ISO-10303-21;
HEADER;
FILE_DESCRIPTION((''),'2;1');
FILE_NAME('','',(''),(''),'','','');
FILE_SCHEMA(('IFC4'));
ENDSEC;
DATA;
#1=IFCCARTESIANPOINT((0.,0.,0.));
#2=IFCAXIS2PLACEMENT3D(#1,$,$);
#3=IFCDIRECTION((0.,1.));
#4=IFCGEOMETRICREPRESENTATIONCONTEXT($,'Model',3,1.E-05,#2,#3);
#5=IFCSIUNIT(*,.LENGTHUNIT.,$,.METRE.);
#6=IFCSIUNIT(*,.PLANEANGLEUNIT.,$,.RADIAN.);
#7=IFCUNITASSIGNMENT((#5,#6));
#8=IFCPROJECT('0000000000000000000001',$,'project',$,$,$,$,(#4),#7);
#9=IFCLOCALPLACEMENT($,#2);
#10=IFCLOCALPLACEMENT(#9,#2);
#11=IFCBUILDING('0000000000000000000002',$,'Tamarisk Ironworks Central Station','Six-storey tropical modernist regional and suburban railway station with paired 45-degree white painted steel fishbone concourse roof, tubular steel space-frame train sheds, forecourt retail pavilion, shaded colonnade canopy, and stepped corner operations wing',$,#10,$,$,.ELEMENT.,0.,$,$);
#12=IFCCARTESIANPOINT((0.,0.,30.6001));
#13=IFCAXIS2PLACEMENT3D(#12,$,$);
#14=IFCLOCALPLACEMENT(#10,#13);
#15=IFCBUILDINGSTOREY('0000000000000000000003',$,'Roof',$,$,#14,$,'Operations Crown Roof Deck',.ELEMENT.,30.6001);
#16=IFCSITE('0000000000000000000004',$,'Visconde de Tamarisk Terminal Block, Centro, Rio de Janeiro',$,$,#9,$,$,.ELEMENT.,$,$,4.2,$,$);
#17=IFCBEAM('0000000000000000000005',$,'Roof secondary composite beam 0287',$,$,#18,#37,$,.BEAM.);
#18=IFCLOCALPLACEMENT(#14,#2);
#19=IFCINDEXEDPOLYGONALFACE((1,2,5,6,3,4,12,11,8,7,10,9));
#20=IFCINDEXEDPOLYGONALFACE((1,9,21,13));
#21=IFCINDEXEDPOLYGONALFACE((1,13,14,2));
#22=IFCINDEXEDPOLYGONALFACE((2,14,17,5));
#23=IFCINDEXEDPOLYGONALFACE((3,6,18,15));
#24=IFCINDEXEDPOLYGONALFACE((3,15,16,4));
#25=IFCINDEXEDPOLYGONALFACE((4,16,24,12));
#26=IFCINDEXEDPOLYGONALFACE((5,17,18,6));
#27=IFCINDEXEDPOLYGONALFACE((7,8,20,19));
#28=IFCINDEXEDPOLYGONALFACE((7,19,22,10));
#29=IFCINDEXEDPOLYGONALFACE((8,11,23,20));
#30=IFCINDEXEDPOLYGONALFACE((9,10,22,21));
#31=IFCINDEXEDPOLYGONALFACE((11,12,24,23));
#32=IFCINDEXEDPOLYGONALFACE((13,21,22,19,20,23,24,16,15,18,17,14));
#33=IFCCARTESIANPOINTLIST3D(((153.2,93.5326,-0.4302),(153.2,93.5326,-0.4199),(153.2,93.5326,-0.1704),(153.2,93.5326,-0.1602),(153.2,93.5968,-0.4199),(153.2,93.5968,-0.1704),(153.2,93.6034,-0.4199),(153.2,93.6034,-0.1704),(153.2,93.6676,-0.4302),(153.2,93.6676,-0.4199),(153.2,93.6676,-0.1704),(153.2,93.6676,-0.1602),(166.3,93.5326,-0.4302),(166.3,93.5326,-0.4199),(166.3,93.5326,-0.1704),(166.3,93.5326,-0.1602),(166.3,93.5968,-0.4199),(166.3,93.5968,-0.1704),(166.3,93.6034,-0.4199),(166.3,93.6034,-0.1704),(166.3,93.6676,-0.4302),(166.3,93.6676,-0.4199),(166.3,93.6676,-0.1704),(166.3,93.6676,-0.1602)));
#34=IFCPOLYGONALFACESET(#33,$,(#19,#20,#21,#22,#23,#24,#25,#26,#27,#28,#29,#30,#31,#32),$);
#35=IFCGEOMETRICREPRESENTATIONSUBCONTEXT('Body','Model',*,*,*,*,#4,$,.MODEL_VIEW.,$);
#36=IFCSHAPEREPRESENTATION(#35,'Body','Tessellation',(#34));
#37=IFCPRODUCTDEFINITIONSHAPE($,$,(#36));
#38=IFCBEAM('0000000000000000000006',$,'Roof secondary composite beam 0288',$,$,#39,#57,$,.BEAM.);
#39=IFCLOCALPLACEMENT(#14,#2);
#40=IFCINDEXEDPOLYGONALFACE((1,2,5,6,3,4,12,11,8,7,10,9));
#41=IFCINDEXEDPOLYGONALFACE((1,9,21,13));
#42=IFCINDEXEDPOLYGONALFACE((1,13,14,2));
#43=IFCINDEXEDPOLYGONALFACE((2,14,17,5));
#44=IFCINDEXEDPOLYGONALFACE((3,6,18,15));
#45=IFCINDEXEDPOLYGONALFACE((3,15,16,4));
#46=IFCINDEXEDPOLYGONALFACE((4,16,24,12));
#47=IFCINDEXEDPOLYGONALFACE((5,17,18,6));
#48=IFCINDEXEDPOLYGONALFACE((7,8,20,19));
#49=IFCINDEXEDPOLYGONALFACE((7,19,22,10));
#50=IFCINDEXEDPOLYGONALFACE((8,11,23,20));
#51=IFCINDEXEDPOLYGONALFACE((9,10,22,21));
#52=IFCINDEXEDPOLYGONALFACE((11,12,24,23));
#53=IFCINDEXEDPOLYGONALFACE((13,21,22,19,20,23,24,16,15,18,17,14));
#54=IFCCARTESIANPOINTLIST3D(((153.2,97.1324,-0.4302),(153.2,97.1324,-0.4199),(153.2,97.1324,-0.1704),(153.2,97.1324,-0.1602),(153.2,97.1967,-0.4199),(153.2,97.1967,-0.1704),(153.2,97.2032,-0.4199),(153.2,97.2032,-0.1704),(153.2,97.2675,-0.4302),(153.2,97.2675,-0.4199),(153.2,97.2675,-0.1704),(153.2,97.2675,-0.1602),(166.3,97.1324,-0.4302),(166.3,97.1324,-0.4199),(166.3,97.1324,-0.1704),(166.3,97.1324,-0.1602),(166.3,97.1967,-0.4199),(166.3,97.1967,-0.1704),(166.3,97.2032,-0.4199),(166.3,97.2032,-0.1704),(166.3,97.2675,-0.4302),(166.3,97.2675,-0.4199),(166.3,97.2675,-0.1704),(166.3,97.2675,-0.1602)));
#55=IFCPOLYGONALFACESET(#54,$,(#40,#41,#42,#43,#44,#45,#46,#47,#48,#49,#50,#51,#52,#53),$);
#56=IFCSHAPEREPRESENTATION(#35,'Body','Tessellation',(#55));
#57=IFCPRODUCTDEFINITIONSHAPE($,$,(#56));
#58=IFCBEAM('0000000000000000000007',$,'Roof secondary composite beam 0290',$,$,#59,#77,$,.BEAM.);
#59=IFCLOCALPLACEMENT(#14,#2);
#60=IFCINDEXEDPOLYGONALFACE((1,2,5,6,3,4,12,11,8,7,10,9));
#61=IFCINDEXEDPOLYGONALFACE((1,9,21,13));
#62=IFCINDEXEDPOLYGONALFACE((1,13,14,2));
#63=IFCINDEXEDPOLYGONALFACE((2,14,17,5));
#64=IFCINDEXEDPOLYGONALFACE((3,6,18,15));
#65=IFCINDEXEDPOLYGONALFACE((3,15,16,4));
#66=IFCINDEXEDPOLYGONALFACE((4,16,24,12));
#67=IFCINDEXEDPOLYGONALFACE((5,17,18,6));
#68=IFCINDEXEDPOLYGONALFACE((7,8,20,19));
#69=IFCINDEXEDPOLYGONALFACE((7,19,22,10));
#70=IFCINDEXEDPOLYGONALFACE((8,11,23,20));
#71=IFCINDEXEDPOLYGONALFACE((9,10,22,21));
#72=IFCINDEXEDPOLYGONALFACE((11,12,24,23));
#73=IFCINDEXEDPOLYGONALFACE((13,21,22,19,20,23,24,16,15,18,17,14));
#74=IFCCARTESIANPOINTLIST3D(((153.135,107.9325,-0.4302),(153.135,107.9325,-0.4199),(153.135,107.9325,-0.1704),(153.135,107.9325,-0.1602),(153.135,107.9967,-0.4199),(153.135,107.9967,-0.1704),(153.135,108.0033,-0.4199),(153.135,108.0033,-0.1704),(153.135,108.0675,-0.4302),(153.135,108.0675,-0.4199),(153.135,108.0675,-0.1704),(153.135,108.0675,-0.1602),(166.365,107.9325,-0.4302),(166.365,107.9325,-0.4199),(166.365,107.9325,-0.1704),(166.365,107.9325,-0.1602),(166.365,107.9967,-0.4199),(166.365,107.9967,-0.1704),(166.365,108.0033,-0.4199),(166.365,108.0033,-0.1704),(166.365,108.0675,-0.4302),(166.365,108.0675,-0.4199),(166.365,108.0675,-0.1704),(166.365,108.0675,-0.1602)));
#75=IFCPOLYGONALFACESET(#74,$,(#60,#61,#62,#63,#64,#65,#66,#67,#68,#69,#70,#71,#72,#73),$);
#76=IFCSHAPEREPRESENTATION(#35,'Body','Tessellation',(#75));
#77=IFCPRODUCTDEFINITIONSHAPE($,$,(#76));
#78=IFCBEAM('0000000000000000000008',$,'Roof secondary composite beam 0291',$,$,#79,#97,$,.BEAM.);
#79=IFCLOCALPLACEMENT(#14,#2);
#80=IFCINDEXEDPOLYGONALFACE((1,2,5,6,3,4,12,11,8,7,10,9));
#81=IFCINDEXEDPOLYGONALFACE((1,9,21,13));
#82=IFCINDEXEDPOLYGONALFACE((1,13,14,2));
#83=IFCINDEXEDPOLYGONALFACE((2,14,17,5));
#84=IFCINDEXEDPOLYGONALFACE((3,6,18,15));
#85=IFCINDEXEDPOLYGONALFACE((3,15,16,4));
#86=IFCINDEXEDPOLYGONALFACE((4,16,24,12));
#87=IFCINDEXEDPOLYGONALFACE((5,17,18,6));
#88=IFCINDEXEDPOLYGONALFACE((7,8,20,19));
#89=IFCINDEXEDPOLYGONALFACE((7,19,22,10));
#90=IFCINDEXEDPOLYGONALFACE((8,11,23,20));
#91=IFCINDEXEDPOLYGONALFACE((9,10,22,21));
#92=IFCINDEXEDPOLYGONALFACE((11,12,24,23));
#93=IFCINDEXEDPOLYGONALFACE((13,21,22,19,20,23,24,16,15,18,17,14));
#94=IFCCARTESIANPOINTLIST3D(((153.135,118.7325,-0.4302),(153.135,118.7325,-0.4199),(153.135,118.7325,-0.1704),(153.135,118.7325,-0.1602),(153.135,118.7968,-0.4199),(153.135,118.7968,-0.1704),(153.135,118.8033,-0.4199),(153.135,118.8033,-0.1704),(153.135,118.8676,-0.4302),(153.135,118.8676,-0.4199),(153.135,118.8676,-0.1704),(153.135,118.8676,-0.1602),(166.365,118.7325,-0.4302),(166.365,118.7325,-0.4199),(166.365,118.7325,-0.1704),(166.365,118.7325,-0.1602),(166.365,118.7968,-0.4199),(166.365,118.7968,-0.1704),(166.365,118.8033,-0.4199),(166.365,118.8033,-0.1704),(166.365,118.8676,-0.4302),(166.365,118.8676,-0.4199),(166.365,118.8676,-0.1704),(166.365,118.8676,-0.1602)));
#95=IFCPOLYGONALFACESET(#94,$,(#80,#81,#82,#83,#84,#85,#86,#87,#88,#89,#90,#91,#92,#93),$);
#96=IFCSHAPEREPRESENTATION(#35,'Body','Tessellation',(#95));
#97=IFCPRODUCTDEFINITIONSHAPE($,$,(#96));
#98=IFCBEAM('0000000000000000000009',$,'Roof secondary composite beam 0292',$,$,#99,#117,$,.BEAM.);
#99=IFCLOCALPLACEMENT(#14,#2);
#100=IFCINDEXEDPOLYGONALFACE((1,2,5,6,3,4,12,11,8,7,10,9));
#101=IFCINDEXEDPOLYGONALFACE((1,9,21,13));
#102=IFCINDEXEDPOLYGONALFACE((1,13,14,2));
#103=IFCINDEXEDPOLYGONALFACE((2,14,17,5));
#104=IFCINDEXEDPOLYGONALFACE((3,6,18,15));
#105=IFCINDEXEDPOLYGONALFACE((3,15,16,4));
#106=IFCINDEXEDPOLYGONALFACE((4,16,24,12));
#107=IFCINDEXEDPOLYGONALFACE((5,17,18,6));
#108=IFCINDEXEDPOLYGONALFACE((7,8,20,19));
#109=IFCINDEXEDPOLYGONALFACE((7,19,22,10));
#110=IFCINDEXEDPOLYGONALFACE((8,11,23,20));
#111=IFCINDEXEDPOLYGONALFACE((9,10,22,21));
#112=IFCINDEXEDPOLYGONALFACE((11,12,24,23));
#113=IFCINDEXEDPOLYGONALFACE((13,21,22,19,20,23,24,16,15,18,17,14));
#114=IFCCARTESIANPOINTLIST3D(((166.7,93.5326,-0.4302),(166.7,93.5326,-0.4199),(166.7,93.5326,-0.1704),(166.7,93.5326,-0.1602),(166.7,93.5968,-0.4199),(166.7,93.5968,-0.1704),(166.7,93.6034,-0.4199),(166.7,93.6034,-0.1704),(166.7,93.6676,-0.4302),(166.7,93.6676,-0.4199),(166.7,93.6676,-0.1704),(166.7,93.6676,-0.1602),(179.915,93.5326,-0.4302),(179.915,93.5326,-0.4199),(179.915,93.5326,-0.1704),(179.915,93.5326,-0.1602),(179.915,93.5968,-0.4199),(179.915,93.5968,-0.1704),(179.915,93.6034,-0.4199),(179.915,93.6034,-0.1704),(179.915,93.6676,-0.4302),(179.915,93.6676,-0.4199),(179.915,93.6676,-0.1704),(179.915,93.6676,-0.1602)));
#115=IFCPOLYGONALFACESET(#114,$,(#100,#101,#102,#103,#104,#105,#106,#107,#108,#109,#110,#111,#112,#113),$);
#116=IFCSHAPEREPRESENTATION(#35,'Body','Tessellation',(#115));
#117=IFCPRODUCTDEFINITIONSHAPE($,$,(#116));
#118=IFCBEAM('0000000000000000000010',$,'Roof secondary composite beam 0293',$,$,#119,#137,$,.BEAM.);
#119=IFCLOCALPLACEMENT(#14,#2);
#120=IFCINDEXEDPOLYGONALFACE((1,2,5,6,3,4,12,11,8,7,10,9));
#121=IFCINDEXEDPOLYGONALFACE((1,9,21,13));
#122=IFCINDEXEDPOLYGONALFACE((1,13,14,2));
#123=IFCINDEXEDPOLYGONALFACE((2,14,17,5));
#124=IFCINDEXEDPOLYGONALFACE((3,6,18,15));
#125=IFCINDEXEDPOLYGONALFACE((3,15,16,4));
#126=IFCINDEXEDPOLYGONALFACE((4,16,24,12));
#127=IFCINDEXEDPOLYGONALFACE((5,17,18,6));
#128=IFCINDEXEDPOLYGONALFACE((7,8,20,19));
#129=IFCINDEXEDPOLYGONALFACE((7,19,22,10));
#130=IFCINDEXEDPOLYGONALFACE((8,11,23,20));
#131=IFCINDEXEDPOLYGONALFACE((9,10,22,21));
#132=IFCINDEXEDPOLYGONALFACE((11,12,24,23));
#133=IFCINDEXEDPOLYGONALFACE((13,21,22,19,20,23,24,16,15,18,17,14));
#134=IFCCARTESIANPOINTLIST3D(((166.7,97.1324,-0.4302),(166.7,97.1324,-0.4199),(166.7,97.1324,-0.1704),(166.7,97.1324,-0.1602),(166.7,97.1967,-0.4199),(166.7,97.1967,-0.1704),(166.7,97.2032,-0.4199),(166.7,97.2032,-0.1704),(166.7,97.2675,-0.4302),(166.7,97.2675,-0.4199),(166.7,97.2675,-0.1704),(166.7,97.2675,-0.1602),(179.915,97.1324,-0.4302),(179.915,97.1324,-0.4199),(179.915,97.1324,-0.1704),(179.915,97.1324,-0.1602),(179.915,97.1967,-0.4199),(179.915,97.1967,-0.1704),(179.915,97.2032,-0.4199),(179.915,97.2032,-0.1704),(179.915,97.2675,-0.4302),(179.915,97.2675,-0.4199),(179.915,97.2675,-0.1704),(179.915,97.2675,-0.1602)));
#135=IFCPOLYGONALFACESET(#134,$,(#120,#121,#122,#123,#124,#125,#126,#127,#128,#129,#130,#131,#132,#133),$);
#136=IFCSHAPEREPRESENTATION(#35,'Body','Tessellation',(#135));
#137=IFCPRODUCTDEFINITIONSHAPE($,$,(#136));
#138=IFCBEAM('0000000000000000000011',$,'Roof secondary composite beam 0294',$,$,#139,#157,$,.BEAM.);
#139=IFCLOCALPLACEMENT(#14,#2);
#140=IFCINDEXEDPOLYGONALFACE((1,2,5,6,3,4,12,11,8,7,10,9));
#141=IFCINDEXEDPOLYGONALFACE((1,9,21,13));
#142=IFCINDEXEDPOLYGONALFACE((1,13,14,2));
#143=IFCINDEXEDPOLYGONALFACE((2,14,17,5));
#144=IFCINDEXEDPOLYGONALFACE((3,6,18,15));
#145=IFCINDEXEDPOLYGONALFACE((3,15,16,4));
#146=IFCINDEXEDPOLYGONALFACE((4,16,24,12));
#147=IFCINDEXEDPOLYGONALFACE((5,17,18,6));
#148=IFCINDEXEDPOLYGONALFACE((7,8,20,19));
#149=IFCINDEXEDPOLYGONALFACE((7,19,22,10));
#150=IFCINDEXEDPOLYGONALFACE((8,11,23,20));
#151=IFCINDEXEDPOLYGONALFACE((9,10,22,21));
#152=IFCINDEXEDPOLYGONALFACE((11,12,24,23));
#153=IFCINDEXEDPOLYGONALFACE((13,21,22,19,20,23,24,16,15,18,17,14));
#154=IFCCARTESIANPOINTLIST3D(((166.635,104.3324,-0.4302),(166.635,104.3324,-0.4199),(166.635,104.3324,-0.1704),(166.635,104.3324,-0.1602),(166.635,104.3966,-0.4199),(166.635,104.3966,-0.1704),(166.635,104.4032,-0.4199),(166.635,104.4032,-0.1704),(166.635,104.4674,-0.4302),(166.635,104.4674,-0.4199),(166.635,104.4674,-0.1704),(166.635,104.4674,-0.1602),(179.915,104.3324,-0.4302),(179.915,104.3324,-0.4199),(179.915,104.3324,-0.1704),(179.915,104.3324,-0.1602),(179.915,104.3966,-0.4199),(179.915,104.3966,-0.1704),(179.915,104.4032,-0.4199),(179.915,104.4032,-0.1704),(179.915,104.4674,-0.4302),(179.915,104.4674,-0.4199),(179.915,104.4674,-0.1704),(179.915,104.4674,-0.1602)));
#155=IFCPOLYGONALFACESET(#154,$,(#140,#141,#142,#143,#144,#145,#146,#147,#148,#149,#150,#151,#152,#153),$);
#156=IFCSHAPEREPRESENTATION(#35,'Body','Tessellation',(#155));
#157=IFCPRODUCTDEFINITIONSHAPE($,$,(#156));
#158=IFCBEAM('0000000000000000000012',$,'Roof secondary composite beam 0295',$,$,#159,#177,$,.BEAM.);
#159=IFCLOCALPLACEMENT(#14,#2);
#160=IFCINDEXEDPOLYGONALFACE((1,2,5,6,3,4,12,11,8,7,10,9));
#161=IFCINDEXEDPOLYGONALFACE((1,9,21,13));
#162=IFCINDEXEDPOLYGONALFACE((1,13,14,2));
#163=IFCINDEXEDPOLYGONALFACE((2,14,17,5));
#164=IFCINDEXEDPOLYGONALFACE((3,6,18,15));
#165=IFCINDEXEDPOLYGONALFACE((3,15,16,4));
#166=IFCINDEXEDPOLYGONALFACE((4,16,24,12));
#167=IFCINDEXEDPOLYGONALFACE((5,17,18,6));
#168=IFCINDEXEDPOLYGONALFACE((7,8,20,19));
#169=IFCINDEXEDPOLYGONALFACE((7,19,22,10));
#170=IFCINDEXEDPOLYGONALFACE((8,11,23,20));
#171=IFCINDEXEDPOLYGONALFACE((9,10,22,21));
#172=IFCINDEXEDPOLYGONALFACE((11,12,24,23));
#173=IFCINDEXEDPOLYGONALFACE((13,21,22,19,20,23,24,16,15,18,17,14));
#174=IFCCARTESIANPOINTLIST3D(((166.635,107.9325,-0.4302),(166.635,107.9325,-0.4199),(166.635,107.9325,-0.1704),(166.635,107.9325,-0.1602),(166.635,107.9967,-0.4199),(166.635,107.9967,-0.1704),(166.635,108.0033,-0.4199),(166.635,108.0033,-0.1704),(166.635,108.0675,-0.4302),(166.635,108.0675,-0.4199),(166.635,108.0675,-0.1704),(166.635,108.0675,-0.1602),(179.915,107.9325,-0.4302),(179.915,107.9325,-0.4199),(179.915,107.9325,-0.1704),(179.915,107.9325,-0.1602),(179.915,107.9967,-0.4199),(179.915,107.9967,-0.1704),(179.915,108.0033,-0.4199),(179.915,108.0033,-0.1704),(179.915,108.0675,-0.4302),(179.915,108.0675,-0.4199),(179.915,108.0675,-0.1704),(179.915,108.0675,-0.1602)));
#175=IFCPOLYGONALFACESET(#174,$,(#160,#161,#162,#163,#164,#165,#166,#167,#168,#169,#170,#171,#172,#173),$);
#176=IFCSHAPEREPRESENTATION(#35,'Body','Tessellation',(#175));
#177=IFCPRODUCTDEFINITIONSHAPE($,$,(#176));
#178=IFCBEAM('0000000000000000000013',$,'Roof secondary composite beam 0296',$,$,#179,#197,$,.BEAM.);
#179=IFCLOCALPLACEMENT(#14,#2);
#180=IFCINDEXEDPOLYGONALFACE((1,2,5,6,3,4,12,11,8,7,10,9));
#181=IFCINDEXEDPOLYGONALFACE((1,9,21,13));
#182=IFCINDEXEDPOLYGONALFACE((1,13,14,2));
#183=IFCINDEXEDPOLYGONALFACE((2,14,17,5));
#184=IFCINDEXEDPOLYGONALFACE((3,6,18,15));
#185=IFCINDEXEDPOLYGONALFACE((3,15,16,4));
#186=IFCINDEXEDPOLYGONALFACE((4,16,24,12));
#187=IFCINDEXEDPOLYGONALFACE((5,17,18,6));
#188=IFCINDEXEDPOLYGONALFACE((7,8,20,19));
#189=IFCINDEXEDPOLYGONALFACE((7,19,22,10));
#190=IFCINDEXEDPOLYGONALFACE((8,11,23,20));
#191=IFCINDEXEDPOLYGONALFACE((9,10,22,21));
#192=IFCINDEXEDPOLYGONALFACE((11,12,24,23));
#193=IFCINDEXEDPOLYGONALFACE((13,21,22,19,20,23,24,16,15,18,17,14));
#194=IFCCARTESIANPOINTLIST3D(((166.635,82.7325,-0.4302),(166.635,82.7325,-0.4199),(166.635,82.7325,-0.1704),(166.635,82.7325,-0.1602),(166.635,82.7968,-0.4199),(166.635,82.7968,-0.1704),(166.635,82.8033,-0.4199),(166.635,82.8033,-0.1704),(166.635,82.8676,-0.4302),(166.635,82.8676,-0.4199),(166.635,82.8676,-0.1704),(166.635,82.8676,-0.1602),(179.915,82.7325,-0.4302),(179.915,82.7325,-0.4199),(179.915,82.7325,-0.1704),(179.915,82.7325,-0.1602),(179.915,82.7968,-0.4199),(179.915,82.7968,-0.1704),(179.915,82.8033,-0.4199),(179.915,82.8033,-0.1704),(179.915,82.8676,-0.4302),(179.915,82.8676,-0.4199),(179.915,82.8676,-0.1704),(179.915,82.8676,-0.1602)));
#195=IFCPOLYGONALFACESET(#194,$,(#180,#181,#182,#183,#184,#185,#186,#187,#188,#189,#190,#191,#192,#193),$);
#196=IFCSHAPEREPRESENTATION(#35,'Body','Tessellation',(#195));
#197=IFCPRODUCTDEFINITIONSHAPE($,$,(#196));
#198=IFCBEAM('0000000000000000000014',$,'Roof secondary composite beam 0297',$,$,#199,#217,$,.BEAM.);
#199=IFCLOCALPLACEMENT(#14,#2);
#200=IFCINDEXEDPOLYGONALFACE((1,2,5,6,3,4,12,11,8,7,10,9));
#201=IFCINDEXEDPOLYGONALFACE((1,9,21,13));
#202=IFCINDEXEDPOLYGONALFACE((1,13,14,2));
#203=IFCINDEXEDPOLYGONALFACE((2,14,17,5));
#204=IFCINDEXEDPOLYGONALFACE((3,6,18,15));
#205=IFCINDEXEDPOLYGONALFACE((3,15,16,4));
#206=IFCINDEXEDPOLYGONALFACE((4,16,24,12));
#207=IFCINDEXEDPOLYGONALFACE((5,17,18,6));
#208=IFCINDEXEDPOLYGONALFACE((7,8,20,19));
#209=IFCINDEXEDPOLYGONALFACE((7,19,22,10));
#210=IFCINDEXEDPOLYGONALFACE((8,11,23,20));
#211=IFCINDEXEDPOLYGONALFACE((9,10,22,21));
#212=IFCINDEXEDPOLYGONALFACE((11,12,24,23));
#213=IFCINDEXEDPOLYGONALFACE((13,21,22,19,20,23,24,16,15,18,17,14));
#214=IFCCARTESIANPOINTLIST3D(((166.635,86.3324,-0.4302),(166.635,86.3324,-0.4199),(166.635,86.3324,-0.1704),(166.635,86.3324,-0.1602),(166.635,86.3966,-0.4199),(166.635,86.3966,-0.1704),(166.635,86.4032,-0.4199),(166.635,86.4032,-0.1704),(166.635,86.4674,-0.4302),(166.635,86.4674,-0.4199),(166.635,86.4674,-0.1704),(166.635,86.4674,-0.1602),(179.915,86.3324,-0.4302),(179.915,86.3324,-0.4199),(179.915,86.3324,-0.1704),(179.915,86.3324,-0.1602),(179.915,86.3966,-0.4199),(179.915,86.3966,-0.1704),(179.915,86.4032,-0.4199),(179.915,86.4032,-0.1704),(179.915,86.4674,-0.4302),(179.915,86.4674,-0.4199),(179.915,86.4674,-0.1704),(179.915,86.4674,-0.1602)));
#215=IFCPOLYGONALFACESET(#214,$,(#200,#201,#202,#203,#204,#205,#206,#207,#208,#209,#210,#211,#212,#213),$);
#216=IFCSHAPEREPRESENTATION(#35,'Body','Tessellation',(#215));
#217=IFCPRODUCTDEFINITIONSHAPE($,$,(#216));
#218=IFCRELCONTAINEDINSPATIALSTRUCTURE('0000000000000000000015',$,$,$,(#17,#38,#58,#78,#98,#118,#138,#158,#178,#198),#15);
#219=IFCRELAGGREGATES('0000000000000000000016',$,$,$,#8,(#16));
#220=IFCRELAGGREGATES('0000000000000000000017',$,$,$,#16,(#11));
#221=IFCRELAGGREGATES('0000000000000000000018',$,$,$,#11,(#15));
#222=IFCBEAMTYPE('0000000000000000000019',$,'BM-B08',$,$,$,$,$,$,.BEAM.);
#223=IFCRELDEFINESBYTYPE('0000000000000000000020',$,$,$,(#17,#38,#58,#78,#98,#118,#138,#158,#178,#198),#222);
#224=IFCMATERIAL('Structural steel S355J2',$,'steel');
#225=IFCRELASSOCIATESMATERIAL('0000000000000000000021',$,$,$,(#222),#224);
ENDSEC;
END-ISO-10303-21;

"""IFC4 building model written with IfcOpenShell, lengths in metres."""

from ifc_helpers import new_model, si_unit, direction, frame, origin, origin_2d, place, context, subcontext, project, spatial, i_section, extrude, material, material_profile, profile_set, type_object, element, save


model = new_model("IFC4")

# Units and contexts
model_context = context("Model", 3, precision=1e-05, world=origin(), true_north=direction((0.0, 1.0)))
body_context = subcontext(model_context, "Body", "Model", "MODEL_VIEW")
ifc_project = project(units=[si_unit("LENGTHUNIT", "METRE"), si_unit("PLANEANGLEUNIT", "RADIAN")], contexts=[model_context])

# Site, building, storey
site_placement = place(None, origin())
site = spatial("IfcSite", under=ifc_project, at=site_placement, Name="Visconde de Tamarisk Terminal Block, Centro, Rio de Janeiro", CompositionType="ELEMENT", RefElevation=4.2)
building_placement = place(site_placement, origin())
building = spatial("IfcBuilding", under=site, at=building_placement, Name="Tamarisk Ironworks Central Station", Description="Six-storey tropical modernist regional and suburban railway station with paired 45-degree white painted steel fishbone concourse roof, tubular steel space-frame train sheds, forecourt retail pavilion, shaded colonnade canopy, and stepped corner operations wing", CompositionType="ELEMENT", ElevationOfRefHeight=0.0)
storey_placement = place(building_placement, frame((0.0, 0.0, 30.6001)))
storey = spatial("IfcBuildingStorey", under=building, at=storey_placement, Name="Roof", LongName="Operations Crown Roof Deck", CompositionType="ELEMENT", Elevation=30.6001)

# Beams
ifc_material_1 = material(Name="Structural steel S355J2", Category="steel")
ifc_material_profile_1 = material_profile(ifc_material_1, i_section(OverallWidth=0.135, OverallDepth=0.27, WebThickness=0.0066, FlangeThickness=0.0103, at=origin_2d()), Name="IPE 270")
ifc_profile_set_1 = profile_set([ifc_material_profile_1], Name="Structural steel S355J2")
beam_type_1 = type_object("IfcBeamType", Name="BM-B08", PredefinedType="BEAM", material=ifc_profile_set_1)
for number, where, z_axis, x_axis, name in (
    (1, (153.2, 93.6001, -0.2952), (1.0, 0.0, 0.0), (0.0, 1.0, 0.0), "Roof secondary composite beam 0287"),
    (2, (153.2, 97.2, -0.2952), (1.0, 0.0, 0.0), (0.0, 1.0, 0.0), "Roof secondary composite beam 0288"),
):
    element("IfcBeam", number, at=place(storey_placement, frame(where, z_axis=z_axis, x_axis=x_axis)), inside=storey, type_object=beam_type_1, Name=name, PredefinedType="BEAM", context=body_context, shape_type="SweptSolid", body=[
        extrude(i_section(OverallWidth=0.135, OverallDepth=0.27, WebThickness=0.0066, FlangeThickness=0.0103, at=origin_2d()), origin(), (0.0, 0.0, 1.0), 13.1001),
    ])
for number, where, z_axis, x_axis, name in (
    (3, (153.135, 108.0, -0.2952), (1.0, 0.0, 0.0), (0.0, 1.0, 0.0), "Roof secondary composite beam 0290"),
    (4, (153.135, 118.8, -0.2952), (1.0, 0.0, 0.0), (0.0, 1.0, 0.0), "Roof secondary composite beam 0291"),
):
    element("IfcBeam", number, at=place(storey_placement, frame(where, z_axis=z_axis, x_axis=x_axis)), inside=storey, type_object=beam_type_1, Name=name, PredefinedType="BEAM", context=body_context, shape_type="SweptSolid", body=[
        extrude(i_section(OverallWidth=0.135, OverallDepth=0.27, WebThickness=0.0066, FlangeThickness=0.0103, at=origin_2d()), origin(), (0.0, 0.0, 1.0), 13.23),
    ])
for number, where, z_axis, x_axis, name in (
    (5, (166.7, 93.6001, -0.2952), (1.0, 0.0, 0.0), (0.0, 1.0, 0.0), "Roof secondary composite beam 0292"),
    (6, (166.7, 97.2, -0.2952), (1.0, 0.0, 0.0), (0.0, 1.0, 0.0), "Roof secondary composite beam 0293"),
):
    element("IfcBeam", number, at=place(storey_placement, frame(where, z_axis=z_axis, x_axis=x_axis)), inside=storey, type_object=beam_type_1, Name=name, PredefinedType="BEAM", context=body_context, shape_type="SweptSolid", body=[
        extrude(i_section(OverallWidth=0.135, OverallDepth=0.27, WebThickness=0.0066, FlangeThickness=0.0103, at=origin_2d()), origin(), (0.0, 0.0, 1.0), 13.2151),
    ])
for number, where, z_axis, x_axis, name in (
    (7, (166.635, 104.3999, -0.2952), (1.0, 0.0, 0.0), (0.0, 1.0, 0.0), "Roof secondary composite beam 0294"),
    (8, (166.635, 108.0, -0.2952), (1.0, 0.0, 0.0), (0.0, 1.0, 0.0), "Roof secondary composite beam 0295"),
    (9, (166.635, 82.8, -0.2952), (1.0, 0.0, 0.0), (0.0, 1.0, 0.0), "Roof secondary composite beam 0296"),
    (10, (166.635, 86.3999, -0.2952), (1.0, 0.0, 0.0), (0.0, 1.0, 0.0), "Roof secondary composite beam 0297"),
):
    element("IfcBeam", number, at=place(storey_placement, frame(where, z_axis=z_axis, x_axis=x_axis)), inside=storey, type_object=beam_type_1, Name=name, PredefinedType="BEAM", context=body_context, shape_type="SweptSolid", body=[
        extrude(i_section(OverallWidth=0.135, OverallDepth=0.27, WebThickness=0.0066, FlangeThickness=0.0103, at=origin_2d()), origin(), (0.0, 0.0, 1.0), 13.28),
    ])

save(model, "model.ifc")
